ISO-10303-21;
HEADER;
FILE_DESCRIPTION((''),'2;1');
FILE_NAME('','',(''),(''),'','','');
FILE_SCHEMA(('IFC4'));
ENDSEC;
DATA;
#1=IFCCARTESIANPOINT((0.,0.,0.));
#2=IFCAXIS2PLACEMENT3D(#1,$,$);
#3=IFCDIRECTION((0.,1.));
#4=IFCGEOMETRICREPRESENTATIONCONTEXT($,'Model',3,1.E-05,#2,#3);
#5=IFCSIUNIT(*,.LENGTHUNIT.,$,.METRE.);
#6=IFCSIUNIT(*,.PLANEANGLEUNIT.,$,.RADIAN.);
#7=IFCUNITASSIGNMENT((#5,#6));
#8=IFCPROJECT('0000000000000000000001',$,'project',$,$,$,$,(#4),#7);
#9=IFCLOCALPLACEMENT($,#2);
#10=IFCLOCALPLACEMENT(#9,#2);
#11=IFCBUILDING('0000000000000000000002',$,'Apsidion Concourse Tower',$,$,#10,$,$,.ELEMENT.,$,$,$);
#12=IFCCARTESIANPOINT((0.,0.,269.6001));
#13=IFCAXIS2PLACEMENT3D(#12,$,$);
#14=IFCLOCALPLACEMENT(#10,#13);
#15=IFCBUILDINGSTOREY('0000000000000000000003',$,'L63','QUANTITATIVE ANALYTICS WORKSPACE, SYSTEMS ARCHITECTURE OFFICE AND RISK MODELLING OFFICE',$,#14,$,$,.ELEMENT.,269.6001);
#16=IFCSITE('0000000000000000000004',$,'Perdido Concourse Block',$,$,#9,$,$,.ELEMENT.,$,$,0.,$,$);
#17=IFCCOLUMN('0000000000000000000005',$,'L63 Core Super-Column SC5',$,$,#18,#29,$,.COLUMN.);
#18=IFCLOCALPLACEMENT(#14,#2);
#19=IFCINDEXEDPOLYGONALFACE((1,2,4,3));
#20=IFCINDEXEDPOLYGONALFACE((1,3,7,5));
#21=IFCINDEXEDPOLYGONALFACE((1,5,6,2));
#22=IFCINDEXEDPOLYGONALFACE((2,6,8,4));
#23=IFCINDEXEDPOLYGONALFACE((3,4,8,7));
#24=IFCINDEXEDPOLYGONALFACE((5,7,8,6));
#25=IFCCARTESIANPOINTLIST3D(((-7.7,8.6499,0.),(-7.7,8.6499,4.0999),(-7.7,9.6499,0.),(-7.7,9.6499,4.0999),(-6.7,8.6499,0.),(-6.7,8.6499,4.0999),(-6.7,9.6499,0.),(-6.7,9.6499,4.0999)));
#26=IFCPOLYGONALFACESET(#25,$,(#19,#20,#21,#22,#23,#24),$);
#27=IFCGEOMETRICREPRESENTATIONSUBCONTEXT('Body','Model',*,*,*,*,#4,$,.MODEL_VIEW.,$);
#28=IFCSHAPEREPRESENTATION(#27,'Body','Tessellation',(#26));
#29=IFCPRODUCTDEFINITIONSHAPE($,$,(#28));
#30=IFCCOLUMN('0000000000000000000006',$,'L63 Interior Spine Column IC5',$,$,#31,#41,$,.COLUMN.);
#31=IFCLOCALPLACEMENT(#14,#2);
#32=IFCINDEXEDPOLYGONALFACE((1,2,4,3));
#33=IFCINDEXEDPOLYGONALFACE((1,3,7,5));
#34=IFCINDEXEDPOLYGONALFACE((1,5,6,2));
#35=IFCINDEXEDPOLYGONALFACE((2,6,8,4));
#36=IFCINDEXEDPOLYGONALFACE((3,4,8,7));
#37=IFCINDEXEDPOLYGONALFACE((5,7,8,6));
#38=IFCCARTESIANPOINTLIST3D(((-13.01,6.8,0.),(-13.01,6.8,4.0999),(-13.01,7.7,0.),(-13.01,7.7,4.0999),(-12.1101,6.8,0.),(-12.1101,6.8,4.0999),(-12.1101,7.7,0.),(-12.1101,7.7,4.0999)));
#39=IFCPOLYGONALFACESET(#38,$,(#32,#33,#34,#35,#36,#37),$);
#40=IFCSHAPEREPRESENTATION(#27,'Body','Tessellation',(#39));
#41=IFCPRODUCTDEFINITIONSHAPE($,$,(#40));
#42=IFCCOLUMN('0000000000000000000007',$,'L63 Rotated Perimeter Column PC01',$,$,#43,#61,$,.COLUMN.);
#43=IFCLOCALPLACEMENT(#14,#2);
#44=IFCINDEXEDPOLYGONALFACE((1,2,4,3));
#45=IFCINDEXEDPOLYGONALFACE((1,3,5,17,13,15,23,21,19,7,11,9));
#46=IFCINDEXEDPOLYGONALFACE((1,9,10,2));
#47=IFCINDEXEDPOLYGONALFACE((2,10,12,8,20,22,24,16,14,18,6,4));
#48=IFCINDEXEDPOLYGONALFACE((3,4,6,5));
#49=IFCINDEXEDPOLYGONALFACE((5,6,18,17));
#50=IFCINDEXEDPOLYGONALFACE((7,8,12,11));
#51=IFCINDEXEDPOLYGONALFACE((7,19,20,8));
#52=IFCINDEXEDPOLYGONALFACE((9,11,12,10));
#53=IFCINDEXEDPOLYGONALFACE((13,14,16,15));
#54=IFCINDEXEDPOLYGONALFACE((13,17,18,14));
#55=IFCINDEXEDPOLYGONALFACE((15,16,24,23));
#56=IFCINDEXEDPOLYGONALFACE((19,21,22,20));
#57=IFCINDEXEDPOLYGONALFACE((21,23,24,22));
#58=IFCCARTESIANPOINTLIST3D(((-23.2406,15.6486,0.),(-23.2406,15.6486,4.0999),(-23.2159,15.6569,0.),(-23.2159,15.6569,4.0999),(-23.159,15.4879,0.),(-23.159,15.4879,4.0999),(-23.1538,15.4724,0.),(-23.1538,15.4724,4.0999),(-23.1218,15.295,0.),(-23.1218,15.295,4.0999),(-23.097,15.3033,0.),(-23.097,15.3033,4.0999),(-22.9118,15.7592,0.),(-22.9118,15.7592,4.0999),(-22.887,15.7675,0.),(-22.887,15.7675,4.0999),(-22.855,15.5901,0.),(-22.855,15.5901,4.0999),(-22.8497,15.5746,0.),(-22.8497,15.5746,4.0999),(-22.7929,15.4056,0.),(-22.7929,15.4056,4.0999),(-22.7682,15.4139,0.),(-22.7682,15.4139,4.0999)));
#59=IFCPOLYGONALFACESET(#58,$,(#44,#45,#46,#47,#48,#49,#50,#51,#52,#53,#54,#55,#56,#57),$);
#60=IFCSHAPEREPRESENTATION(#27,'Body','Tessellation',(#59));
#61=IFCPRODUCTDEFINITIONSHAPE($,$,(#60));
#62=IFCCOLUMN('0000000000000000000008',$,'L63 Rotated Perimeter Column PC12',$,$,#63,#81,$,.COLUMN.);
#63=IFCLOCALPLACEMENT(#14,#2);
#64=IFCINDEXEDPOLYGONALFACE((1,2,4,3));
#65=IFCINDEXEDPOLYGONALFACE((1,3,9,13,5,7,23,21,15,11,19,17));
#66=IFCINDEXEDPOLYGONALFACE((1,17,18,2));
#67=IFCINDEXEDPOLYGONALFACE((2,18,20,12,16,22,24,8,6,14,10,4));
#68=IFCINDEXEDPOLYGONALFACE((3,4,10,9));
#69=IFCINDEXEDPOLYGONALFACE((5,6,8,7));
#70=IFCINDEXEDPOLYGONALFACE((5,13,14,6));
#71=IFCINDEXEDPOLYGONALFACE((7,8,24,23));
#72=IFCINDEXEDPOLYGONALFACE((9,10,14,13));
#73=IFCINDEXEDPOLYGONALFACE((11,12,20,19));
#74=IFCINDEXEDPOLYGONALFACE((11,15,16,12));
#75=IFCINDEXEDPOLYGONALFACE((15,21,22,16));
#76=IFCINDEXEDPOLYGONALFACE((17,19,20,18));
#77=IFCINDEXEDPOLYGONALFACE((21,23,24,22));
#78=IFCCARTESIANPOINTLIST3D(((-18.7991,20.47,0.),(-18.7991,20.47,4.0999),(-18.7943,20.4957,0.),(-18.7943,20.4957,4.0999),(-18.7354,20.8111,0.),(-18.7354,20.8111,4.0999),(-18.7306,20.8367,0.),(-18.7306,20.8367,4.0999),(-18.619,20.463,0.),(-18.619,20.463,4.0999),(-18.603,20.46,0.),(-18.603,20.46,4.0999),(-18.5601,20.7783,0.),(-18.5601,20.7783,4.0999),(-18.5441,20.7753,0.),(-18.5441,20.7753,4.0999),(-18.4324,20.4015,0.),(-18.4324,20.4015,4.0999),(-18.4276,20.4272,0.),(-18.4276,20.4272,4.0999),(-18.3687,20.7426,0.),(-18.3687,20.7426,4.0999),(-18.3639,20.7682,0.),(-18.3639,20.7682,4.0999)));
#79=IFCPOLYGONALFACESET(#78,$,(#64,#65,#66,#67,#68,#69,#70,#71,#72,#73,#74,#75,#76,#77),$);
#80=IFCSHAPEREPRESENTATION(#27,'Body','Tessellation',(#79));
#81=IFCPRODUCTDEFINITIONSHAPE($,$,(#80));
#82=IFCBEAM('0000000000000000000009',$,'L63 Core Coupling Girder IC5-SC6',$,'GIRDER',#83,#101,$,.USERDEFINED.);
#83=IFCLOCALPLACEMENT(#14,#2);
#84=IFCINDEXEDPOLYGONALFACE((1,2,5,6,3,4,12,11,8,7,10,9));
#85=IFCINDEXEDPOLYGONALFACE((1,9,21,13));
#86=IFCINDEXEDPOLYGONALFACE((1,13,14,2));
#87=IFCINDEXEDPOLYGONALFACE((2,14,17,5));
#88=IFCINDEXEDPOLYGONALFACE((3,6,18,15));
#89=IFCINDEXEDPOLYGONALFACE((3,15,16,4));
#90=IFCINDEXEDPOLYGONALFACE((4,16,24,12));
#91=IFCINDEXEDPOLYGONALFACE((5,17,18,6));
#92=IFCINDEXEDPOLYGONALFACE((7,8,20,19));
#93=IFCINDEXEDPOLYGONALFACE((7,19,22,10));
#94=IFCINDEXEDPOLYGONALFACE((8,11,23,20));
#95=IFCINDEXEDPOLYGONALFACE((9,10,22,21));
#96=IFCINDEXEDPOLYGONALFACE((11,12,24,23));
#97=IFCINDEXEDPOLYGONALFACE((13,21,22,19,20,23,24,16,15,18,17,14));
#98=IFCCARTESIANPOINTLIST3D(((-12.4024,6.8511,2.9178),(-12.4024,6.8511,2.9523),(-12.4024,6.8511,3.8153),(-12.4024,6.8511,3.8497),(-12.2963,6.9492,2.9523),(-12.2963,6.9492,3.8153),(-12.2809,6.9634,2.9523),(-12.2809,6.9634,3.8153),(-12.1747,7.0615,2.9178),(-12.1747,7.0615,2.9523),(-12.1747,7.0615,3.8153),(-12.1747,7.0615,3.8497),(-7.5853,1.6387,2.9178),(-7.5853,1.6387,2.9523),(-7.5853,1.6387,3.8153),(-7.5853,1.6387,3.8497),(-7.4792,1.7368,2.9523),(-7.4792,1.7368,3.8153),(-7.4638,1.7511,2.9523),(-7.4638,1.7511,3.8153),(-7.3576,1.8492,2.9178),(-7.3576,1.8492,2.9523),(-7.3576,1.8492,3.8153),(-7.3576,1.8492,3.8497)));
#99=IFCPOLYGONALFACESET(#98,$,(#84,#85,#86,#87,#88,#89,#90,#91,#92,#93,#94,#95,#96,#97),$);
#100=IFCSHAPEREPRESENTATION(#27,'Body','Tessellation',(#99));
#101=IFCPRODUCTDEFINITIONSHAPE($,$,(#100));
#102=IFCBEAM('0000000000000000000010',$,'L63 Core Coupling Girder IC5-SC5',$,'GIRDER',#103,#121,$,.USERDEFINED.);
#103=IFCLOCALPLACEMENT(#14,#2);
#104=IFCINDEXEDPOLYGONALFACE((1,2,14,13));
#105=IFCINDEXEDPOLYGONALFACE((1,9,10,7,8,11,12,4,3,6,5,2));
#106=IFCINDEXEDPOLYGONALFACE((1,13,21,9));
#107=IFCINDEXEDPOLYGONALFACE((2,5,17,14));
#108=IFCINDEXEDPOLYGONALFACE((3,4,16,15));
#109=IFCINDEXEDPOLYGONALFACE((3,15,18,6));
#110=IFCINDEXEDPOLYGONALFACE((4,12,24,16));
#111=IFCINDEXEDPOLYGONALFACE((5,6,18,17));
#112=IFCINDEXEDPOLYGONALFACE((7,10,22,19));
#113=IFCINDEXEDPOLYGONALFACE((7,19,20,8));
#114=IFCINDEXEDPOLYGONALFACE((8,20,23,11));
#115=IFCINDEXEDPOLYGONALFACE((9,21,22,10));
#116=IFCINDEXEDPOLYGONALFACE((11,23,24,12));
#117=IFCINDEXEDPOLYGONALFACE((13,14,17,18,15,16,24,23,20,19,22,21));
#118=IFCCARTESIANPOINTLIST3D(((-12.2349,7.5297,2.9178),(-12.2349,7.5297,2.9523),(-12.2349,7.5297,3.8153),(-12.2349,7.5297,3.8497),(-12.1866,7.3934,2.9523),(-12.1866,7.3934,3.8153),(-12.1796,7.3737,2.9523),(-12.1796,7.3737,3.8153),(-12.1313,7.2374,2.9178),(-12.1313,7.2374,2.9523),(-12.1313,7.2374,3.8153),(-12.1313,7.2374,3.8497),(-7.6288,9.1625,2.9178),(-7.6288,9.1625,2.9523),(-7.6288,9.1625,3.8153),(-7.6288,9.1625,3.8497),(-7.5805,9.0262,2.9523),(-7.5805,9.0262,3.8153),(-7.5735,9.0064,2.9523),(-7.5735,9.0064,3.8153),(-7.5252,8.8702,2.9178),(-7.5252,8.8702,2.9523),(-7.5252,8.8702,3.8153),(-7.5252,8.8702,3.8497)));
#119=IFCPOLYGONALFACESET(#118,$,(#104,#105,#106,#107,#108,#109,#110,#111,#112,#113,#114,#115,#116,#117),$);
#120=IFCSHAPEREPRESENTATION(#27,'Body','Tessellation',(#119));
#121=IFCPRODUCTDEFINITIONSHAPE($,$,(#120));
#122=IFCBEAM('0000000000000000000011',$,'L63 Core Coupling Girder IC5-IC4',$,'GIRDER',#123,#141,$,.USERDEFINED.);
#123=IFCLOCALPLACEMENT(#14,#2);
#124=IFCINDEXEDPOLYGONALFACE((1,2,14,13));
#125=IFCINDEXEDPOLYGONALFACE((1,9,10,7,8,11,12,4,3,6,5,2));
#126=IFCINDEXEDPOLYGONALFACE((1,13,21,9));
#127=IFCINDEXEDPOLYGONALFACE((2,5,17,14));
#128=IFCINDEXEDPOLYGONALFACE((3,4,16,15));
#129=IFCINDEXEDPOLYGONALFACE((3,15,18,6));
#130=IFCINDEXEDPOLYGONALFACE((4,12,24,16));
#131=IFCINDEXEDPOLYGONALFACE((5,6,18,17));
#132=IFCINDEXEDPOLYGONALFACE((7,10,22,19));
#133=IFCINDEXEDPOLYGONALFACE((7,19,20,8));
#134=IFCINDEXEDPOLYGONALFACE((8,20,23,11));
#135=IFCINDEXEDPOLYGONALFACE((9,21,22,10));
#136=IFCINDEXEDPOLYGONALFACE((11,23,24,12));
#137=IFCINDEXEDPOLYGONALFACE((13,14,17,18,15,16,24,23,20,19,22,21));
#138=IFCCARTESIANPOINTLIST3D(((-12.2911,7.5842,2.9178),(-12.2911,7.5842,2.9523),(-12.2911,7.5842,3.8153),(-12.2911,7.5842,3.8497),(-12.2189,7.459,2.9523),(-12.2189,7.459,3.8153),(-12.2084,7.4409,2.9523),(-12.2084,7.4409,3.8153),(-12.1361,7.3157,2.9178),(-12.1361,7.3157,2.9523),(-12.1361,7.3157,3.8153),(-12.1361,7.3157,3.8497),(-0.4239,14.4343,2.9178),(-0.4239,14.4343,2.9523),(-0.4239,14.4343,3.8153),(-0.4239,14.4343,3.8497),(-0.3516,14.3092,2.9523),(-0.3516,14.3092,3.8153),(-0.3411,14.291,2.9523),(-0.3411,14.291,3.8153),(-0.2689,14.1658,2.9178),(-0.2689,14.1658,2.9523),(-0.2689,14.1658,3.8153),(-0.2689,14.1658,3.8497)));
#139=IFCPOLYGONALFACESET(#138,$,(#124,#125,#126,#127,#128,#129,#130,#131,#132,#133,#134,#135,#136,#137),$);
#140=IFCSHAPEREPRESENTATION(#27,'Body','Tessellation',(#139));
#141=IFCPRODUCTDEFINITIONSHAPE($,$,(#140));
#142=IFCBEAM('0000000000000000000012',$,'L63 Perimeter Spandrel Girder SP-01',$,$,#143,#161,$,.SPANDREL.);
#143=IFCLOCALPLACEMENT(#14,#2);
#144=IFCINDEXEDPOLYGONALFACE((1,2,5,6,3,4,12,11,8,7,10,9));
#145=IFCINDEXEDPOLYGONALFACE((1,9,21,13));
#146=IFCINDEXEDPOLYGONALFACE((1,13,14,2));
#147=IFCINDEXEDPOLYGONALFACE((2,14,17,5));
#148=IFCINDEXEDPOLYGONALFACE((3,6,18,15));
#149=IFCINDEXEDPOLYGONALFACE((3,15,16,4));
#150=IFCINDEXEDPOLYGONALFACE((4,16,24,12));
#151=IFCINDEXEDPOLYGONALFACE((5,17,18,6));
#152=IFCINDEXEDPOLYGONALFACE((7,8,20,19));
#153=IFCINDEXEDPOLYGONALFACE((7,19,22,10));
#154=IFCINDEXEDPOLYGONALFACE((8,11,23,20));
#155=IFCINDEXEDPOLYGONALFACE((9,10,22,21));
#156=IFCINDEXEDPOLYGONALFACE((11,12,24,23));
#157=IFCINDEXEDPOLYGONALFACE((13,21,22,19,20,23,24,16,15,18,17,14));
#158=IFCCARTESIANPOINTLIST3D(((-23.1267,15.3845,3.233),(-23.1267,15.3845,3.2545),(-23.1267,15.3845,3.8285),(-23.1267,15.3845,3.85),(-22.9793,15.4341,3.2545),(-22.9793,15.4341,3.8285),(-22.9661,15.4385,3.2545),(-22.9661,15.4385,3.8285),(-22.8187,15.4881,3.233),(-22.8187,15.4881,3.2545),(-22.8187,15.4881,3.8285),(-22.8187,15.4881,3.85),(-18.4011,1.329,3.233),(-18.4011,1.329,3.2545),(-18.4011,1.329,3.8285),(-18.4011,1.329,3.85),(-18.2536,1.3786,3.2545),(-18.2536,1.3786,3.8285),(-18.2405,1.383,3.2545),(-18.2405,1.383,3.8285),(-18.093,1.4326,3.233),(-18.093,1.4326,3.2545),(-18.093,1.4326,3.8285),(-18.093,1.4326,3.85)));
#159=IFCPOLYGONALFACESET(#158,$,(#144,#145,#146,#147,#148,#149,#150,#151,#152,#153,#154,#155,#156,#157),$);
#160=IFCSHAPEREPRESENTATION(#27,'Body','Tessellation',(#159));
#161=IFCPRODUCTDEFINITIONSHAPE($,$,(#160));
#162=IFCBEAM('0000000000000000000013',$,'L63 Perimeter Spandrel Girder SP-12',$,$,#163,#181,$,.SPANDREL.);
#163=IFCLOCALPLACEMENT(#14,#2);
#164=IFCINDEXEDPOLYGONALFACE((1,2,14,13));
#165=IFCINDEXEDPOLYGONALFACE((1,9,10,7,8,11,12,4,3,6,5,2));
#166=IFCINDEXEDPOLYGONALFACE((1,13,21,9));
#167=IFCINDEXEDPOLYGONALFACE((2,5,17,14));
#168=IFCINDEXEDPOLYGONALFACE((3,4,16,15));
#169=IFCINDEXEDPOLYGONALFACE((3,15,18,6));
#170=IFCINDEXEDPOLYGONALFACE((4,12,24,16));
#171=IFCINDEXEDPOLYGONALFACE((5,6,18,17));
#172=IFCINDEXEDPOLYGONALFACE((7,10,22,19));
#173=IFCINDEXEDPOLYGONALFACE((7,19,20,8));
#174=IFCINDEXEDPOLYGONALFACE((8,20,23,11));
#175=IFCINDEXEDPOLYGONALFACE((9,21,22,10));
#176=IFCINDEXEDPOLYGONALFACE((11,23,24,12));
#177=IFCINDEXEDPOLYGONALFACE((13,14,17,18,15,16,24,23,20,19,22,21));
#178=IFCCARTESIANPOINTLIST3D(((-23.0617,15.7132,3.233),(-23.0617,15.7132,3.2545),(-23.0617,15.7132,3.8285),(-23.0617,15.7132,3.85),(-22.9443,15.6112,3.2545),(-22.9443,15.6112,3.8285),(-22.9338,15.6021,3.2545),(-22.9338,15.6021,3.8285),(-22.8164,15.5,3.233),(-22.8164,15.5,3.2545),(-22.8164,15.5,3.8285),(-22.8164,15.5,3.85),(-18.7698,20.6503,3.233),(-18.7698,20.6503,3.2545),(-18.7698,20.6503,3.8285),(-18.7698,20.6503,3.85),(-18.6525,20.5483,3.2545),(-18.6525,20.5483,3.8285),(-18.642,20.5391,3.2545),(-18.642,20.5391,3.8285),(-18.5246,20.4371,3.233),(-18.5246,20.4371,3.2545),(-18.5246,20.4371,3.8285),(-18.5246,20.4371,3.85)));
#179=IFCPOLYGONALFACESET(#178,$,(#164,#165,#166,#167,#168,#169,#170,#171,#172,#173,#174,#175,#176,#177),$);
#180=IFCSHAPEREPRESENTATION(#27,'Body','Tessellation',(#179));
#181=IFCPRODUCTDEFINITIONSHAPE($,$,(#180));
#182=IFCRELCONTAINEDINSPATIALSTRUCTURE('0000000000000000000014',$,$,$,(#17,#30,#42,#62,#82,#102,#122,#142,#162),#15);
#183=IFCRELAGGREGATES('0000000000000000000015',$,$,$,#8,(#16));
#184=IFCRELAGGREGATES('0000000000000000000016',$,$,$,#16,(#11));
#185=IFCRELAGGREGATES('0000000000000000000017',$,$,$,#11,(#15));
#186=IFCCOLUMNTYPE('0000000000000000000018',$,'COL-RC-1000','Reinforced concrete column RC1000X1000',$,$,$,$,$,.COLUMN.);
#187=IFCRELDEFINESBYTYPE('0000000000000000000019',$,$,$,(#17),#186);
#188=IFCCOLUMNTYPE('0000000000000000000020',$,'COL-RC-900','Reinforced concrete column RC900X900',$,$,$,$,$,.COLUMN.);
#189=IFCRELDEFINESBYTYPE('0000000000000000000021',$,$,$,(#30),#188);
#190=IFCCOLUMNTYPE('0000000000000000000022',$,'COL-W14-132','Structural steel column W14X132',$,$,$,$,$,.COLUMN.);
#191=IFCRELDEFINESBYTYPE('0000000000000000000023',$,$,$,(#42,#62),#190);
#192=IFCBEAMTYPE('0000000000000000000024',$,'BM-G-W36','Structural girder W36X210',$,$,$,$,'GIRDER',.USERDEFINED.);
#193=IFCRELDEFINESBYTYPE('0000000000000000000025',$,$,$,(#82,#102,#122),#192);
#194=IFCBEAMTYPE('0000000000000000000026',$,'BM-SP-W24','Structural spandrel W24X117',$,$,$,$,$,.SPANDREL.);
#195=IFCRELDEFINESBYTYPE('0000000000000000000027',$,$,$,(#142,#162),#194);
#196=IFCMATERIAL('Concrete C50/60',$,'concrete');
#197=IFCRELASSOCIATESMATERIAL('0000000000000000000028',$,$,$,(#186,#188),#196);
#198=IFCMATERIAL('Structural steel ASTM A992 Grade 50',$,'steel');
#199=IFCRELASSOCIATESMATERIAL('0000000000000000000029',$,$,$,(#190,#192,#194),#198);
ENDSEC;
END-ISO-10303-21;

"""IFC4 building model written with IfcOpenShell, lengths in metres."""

from ifc_helpers import new_model, si_unit, direction, frame, origin, origin_2d, place, context, subcontext, project, spatial, rectangle, i_section, extrude, material, material_profile, profile_set, type_object, element, save


model = new_model("IFC4")

# Units and contexts
model_context = context("Model", 3, precision=1e-05, world=origin(), true_north=direction((0.0, 1.0)))
body_context = subcontext(model_context, "Body", "Model", "MODEL_VIEW")
ifc_project = project(units=[si_unit("LENGTHUNIT", "METRE"), si_unit("PLANEANGLEUNIT", "RADIAN")], contexts=[model_context])

# Site, building, storey
site_placement = place(None, origin())
site = spatial("IfcSite", under=ifc_project, at=site_placement, Name="Perdido Concourse Block", CompositionType="ELEMENT", RefElevation=0.0)
building_placement = place(site_placement, origin())
building = spatial("IfcBuilding", under=site, at=building_placement, Name="Apsidion Concourse Tower", CompositionType="ELEMENT")
storey_placement = place(building_placement, frame((0.0, 0.0, 269.6001)))
storey = spatial("IfcBuildingStorey", under=building, at=storey_placement, Name="L63", Description="QUANTITATIVE ANALYTICS WORKSPACE, SYSTEMS ARCHITECTURE OFFICE AND RISK MODELLING OFFICE", CompositionType="ELEMENT", Elevation=269.6001)

# Columns
ifc_material_1 = material(Name="Concrete C50/60", Category="concrete")
ifc_material_profile_1 = material_profile(ifc_material_1, rectangle(XDim=1.0, YDim=1.0, at=origin_2d()), Name="RC 1000x1000")
ifc_profile_set_1 = profile_set([ifc_material_profile_1], Name="Concrete C50/60")
column_type_1 = type_object("IfcColumnType", Name="COL-RC-1000", Description="Reinforced concrete column RC1000X1000", PredefinedType="COLUMN", material=ifc_profile_set_1)
column_1_placement = place(storey_placement, frame((-7.2, 9.1499, 0.0), z_axis=(0.0, 0.0, 1.0), x_axis=(1.0, 0.0, 0.0)))
element("IfcColumn", 1, at=column_1_placement, inside=storey, type_object=column_type_1, Name="L63 Core Super-Column SC5", PredefinedType="COLUMN", context=body_context, shape_type="SweptSolid", body=[
    extrude(rectangle(XDim=1.0, YDim=1.0, at=origin_2d()), origin(), (0.0, 0.0, 1.0), 4.0999),
])
ifc_material_profile_2 = material_profile(ifc_material_1, rectangle(XDim=0.8999, YDim=0.8999, at=origin_2d()), Name="RC 900x900")
ifc_profile_set_2 = profile_set([ifc_material_profile_2], Name="Concrete C50/60")
column_type_2 = type_object("IfcColumnType", Name="COL-RC-900", Description="Reinforced concrete column RC900X900", PredefinedType="COLUMN", material=ifc_profile_set_2)
column_2_placement = place(storey_placement, frame((-12.5601, 7.25, 0.0), z_axis=(0.0, 0.0, 1.0), x_axis=(1.0, 0.0, 0.0)))
element("IfcColumn", 2, at=column_2_placement, inside=storey, type_object=column_type_2, Name="L63 Interior Spine Column IC5", PredefinedType="COLUMN", context=body_context, shape_type="SweptSolid", body=[
    extrude(rectangle(XDim=0.8999, YDim=0.8999, at=origin_2d()), origin(), (0.0, 0.0, 1.0), 4.0999),
])
ifc_material_2 = material(Name="Structural steel ASTM A992 Grade 50", Category="steel")
ifc_material_profile_3 = material_profile(ifc_material_2, i_section(OverallWidth=0.373, OverallDepth=0.373, WebThickness=0.0164, FlangeThickness=0.0261, at=origin_2d()), Name="W14X132")
ifc_profile_set_3 = profile_set([ifc_material_profile_3], Name="Structural steel ASTM A992 Grade 50")
column_type_3 = type_object("IfcColumnType", Name="COL-W14-132", Description="Structural steel column W14X132", PredefinedType="COLUMN", material=ifc_profile_set_3)
for number, where, z_axis, x_axis, name in (
    (3, (-23.0044, 15.5312, 0.0), (0.0, 0.0, 1.0), (-0.318628, 0.94788, 0.0), "L63 Rotated Perimeter Column PC01"),
    (4, (-18.5815, 20.6191, 0.0), (0.0, 0.0, 1.0), (-0.983, 0.183608, 0.0), "L63 Rotated Perimeter Column PC12"),
):
    element("IfcColumn", number, at=place(storey_placement, frame(where, z_axis=z_axis, x_axis=x_axis)), inside=storey, type_object=column_type_3, Name=name, PredefinedType="COLUMN", context=body_context, shape_type="SweptSolid", body=[
        extrude(i_section(OverallWidth=0.373, OverallDepth=0.373, WebThickness=0.0164, FlangeThickness=0.0261, at=origin_2d()), origin(), (0.0, 0.0, 1.0), 4.0999),
    ])

# Beams
ifc_material_profile_4 = material_profile(ifc_material_2, i_section(OverallWidth=0.3101, OverallDepth=0.9319, WebThickness=0.021, FlangeThickness=0.0344, at=origin_2d()), Name="W36X210")
ifc_profile_set_4 = profile_set([ifc_material_profile_4], Name="Structural steel ASTM A992 Grade 50")
beam_type_1 = type_object("IfcBeamType", Name="BM-G-W36", Description="Structural girder W36X210", ElementType="GIRDER", PredefinedType="USERDEFINED", material=ifc_profile_set_4)
beam_1_placement = place(storey_placement, frame((-12.2886, 6.9563, 3.3838), z_axis=(0.678713, -0.734404, 0.0), x_axis=(0.734404, 0.678713, 0.0)))
element("IfcBeam", 5, at=beam_1_placement, inside=storey, type_object=beam_type_1, Name="L63 Core Coupling Girder IC5-SC6", ObjectType="GIRDER", PredefinedType="USERDEFINED", context=body_context, shape_type="SweptSolid", body=[
    extrude(i_section(OverallWidth=0.3101, OverallDepth=0.9319, WebThickness=0.021, FlangeThickness=0.0344, at=origin_2d()), origin(), (0.0, 0.0, 1.0), 7.0974),
])
beam_2_placement = place(storey_placement, frame((-12.1831, 7.3835, 3.3838), z_axis=(0.942534, 0.334111, 0.0), x_axis=(-0.334111, 0.942534, 0.0)))
element("IfcBeam", 6, at=beam_2_placement, inside=storey, type_object=beam_type_1, Name="L63 Core Coupling Girder IC5-SC5", ObjectType="GIRDER", PredefinedType="USERDEFINED", context=body_context, shape_type="SweptSolid", body=[
    extrude(i_section(OverallWidth=0.3101, OverallDepth=0.9319, WebThickness=0.021, FlangeThickness=0.0344, at=origin_2d()), origin(), (0.0, 0.0, 1.0), 4.887),
])
beam_3_placement = place(storey_placement, frame((-12.2136, 7.45, 3.3838), z_axis=(0.86607, 0.499922, 0.0), x_axis=(-0.499922, 0.86607, 0.0)))
element("IfcBeam", 7, at=beam_3_placement, inside=storey, type_object=beam_type_1, Name="L63 Core Coupling Girder IC5-IC4", ObjectType="GIRDER", PredefinedType="USERDEFINED", context=body_context, shape_type="SweptSolid", body=[
    extrude(i_section(OverallWidth=0.3101, OverallDepth=0.9319, WebThickness=0.021, FlangeThickness=0.0344, at=origin_2d()), origin(), (0.0, 0.0, 1.0), 13.7024),
])
ifc_material_profile_5 = material_profile(ifc_material_2, i_section(OverallWidth=0.325, OverallDepth=0.6169, WebThickness=0.0139, FlangeThickness=0.0215, at=origin_2d()), Name="W24X117")
ifc_profile_set_5 = profile_set([ifc_material_profile_5], Name="Structural steel ASTM A992 Grade 50")
beam_type_2 = type_object("IfcBeamType", Name="BM-SP-W24", Description="Structural spandrel W24X117", PredefinedType="SPANDREL", material=ifc_profile_set_5)
beam_4_placement = place(storey_placement, frame((-22.9727, 15.4363, 3.5415), z_axis=(0.318682, -0.947862, 0.0), x_axis=(0.947862, 0.318682, 0.0)))
element("IfcBeam", 8, at=beam_4_placement, inside=storey, type_object=beam_type_2, Name="L63 Perimeter Spandrel Girder SP-01", PredefinedType="SPANDREL", context=body_context, shape_type="SweptSolid", body=[
    extrude(i_section(OverallWidth=0.325, OverallDepth=0.6169, WebThickness=0.0139, FlangeThickness=0.0215, at=origin_2d()), origin(), (0.0, 0.0, 1.0), 14.8286),
])
beam_5_placement = place(storey_placement, frame((-18.6472, 20.5437, 3.5415), z_axis=(-0.656065, -0.754704, 0.0), x_axis=(0.754704, -0.656065, 0.0)))
element("IfcBeam", 9, at=beam_5_placement, inside=storey, type_object=beam_type_2, Name="L63 Perimeter Spandrel Girder SP-12", PredefinedType="SPANDREL", context=body_context, shape_type="SweptSolid", body=[
    extrude(i_section(OverallWidth=0.325, OverallDepth=0.6169, WebThickness=0.0139, FlangeThickness=0.0215, at=origin_2d()), origin(), (0.0, 0.0, 1.0), 6.5417),
])

save(model, "model.ifc")
